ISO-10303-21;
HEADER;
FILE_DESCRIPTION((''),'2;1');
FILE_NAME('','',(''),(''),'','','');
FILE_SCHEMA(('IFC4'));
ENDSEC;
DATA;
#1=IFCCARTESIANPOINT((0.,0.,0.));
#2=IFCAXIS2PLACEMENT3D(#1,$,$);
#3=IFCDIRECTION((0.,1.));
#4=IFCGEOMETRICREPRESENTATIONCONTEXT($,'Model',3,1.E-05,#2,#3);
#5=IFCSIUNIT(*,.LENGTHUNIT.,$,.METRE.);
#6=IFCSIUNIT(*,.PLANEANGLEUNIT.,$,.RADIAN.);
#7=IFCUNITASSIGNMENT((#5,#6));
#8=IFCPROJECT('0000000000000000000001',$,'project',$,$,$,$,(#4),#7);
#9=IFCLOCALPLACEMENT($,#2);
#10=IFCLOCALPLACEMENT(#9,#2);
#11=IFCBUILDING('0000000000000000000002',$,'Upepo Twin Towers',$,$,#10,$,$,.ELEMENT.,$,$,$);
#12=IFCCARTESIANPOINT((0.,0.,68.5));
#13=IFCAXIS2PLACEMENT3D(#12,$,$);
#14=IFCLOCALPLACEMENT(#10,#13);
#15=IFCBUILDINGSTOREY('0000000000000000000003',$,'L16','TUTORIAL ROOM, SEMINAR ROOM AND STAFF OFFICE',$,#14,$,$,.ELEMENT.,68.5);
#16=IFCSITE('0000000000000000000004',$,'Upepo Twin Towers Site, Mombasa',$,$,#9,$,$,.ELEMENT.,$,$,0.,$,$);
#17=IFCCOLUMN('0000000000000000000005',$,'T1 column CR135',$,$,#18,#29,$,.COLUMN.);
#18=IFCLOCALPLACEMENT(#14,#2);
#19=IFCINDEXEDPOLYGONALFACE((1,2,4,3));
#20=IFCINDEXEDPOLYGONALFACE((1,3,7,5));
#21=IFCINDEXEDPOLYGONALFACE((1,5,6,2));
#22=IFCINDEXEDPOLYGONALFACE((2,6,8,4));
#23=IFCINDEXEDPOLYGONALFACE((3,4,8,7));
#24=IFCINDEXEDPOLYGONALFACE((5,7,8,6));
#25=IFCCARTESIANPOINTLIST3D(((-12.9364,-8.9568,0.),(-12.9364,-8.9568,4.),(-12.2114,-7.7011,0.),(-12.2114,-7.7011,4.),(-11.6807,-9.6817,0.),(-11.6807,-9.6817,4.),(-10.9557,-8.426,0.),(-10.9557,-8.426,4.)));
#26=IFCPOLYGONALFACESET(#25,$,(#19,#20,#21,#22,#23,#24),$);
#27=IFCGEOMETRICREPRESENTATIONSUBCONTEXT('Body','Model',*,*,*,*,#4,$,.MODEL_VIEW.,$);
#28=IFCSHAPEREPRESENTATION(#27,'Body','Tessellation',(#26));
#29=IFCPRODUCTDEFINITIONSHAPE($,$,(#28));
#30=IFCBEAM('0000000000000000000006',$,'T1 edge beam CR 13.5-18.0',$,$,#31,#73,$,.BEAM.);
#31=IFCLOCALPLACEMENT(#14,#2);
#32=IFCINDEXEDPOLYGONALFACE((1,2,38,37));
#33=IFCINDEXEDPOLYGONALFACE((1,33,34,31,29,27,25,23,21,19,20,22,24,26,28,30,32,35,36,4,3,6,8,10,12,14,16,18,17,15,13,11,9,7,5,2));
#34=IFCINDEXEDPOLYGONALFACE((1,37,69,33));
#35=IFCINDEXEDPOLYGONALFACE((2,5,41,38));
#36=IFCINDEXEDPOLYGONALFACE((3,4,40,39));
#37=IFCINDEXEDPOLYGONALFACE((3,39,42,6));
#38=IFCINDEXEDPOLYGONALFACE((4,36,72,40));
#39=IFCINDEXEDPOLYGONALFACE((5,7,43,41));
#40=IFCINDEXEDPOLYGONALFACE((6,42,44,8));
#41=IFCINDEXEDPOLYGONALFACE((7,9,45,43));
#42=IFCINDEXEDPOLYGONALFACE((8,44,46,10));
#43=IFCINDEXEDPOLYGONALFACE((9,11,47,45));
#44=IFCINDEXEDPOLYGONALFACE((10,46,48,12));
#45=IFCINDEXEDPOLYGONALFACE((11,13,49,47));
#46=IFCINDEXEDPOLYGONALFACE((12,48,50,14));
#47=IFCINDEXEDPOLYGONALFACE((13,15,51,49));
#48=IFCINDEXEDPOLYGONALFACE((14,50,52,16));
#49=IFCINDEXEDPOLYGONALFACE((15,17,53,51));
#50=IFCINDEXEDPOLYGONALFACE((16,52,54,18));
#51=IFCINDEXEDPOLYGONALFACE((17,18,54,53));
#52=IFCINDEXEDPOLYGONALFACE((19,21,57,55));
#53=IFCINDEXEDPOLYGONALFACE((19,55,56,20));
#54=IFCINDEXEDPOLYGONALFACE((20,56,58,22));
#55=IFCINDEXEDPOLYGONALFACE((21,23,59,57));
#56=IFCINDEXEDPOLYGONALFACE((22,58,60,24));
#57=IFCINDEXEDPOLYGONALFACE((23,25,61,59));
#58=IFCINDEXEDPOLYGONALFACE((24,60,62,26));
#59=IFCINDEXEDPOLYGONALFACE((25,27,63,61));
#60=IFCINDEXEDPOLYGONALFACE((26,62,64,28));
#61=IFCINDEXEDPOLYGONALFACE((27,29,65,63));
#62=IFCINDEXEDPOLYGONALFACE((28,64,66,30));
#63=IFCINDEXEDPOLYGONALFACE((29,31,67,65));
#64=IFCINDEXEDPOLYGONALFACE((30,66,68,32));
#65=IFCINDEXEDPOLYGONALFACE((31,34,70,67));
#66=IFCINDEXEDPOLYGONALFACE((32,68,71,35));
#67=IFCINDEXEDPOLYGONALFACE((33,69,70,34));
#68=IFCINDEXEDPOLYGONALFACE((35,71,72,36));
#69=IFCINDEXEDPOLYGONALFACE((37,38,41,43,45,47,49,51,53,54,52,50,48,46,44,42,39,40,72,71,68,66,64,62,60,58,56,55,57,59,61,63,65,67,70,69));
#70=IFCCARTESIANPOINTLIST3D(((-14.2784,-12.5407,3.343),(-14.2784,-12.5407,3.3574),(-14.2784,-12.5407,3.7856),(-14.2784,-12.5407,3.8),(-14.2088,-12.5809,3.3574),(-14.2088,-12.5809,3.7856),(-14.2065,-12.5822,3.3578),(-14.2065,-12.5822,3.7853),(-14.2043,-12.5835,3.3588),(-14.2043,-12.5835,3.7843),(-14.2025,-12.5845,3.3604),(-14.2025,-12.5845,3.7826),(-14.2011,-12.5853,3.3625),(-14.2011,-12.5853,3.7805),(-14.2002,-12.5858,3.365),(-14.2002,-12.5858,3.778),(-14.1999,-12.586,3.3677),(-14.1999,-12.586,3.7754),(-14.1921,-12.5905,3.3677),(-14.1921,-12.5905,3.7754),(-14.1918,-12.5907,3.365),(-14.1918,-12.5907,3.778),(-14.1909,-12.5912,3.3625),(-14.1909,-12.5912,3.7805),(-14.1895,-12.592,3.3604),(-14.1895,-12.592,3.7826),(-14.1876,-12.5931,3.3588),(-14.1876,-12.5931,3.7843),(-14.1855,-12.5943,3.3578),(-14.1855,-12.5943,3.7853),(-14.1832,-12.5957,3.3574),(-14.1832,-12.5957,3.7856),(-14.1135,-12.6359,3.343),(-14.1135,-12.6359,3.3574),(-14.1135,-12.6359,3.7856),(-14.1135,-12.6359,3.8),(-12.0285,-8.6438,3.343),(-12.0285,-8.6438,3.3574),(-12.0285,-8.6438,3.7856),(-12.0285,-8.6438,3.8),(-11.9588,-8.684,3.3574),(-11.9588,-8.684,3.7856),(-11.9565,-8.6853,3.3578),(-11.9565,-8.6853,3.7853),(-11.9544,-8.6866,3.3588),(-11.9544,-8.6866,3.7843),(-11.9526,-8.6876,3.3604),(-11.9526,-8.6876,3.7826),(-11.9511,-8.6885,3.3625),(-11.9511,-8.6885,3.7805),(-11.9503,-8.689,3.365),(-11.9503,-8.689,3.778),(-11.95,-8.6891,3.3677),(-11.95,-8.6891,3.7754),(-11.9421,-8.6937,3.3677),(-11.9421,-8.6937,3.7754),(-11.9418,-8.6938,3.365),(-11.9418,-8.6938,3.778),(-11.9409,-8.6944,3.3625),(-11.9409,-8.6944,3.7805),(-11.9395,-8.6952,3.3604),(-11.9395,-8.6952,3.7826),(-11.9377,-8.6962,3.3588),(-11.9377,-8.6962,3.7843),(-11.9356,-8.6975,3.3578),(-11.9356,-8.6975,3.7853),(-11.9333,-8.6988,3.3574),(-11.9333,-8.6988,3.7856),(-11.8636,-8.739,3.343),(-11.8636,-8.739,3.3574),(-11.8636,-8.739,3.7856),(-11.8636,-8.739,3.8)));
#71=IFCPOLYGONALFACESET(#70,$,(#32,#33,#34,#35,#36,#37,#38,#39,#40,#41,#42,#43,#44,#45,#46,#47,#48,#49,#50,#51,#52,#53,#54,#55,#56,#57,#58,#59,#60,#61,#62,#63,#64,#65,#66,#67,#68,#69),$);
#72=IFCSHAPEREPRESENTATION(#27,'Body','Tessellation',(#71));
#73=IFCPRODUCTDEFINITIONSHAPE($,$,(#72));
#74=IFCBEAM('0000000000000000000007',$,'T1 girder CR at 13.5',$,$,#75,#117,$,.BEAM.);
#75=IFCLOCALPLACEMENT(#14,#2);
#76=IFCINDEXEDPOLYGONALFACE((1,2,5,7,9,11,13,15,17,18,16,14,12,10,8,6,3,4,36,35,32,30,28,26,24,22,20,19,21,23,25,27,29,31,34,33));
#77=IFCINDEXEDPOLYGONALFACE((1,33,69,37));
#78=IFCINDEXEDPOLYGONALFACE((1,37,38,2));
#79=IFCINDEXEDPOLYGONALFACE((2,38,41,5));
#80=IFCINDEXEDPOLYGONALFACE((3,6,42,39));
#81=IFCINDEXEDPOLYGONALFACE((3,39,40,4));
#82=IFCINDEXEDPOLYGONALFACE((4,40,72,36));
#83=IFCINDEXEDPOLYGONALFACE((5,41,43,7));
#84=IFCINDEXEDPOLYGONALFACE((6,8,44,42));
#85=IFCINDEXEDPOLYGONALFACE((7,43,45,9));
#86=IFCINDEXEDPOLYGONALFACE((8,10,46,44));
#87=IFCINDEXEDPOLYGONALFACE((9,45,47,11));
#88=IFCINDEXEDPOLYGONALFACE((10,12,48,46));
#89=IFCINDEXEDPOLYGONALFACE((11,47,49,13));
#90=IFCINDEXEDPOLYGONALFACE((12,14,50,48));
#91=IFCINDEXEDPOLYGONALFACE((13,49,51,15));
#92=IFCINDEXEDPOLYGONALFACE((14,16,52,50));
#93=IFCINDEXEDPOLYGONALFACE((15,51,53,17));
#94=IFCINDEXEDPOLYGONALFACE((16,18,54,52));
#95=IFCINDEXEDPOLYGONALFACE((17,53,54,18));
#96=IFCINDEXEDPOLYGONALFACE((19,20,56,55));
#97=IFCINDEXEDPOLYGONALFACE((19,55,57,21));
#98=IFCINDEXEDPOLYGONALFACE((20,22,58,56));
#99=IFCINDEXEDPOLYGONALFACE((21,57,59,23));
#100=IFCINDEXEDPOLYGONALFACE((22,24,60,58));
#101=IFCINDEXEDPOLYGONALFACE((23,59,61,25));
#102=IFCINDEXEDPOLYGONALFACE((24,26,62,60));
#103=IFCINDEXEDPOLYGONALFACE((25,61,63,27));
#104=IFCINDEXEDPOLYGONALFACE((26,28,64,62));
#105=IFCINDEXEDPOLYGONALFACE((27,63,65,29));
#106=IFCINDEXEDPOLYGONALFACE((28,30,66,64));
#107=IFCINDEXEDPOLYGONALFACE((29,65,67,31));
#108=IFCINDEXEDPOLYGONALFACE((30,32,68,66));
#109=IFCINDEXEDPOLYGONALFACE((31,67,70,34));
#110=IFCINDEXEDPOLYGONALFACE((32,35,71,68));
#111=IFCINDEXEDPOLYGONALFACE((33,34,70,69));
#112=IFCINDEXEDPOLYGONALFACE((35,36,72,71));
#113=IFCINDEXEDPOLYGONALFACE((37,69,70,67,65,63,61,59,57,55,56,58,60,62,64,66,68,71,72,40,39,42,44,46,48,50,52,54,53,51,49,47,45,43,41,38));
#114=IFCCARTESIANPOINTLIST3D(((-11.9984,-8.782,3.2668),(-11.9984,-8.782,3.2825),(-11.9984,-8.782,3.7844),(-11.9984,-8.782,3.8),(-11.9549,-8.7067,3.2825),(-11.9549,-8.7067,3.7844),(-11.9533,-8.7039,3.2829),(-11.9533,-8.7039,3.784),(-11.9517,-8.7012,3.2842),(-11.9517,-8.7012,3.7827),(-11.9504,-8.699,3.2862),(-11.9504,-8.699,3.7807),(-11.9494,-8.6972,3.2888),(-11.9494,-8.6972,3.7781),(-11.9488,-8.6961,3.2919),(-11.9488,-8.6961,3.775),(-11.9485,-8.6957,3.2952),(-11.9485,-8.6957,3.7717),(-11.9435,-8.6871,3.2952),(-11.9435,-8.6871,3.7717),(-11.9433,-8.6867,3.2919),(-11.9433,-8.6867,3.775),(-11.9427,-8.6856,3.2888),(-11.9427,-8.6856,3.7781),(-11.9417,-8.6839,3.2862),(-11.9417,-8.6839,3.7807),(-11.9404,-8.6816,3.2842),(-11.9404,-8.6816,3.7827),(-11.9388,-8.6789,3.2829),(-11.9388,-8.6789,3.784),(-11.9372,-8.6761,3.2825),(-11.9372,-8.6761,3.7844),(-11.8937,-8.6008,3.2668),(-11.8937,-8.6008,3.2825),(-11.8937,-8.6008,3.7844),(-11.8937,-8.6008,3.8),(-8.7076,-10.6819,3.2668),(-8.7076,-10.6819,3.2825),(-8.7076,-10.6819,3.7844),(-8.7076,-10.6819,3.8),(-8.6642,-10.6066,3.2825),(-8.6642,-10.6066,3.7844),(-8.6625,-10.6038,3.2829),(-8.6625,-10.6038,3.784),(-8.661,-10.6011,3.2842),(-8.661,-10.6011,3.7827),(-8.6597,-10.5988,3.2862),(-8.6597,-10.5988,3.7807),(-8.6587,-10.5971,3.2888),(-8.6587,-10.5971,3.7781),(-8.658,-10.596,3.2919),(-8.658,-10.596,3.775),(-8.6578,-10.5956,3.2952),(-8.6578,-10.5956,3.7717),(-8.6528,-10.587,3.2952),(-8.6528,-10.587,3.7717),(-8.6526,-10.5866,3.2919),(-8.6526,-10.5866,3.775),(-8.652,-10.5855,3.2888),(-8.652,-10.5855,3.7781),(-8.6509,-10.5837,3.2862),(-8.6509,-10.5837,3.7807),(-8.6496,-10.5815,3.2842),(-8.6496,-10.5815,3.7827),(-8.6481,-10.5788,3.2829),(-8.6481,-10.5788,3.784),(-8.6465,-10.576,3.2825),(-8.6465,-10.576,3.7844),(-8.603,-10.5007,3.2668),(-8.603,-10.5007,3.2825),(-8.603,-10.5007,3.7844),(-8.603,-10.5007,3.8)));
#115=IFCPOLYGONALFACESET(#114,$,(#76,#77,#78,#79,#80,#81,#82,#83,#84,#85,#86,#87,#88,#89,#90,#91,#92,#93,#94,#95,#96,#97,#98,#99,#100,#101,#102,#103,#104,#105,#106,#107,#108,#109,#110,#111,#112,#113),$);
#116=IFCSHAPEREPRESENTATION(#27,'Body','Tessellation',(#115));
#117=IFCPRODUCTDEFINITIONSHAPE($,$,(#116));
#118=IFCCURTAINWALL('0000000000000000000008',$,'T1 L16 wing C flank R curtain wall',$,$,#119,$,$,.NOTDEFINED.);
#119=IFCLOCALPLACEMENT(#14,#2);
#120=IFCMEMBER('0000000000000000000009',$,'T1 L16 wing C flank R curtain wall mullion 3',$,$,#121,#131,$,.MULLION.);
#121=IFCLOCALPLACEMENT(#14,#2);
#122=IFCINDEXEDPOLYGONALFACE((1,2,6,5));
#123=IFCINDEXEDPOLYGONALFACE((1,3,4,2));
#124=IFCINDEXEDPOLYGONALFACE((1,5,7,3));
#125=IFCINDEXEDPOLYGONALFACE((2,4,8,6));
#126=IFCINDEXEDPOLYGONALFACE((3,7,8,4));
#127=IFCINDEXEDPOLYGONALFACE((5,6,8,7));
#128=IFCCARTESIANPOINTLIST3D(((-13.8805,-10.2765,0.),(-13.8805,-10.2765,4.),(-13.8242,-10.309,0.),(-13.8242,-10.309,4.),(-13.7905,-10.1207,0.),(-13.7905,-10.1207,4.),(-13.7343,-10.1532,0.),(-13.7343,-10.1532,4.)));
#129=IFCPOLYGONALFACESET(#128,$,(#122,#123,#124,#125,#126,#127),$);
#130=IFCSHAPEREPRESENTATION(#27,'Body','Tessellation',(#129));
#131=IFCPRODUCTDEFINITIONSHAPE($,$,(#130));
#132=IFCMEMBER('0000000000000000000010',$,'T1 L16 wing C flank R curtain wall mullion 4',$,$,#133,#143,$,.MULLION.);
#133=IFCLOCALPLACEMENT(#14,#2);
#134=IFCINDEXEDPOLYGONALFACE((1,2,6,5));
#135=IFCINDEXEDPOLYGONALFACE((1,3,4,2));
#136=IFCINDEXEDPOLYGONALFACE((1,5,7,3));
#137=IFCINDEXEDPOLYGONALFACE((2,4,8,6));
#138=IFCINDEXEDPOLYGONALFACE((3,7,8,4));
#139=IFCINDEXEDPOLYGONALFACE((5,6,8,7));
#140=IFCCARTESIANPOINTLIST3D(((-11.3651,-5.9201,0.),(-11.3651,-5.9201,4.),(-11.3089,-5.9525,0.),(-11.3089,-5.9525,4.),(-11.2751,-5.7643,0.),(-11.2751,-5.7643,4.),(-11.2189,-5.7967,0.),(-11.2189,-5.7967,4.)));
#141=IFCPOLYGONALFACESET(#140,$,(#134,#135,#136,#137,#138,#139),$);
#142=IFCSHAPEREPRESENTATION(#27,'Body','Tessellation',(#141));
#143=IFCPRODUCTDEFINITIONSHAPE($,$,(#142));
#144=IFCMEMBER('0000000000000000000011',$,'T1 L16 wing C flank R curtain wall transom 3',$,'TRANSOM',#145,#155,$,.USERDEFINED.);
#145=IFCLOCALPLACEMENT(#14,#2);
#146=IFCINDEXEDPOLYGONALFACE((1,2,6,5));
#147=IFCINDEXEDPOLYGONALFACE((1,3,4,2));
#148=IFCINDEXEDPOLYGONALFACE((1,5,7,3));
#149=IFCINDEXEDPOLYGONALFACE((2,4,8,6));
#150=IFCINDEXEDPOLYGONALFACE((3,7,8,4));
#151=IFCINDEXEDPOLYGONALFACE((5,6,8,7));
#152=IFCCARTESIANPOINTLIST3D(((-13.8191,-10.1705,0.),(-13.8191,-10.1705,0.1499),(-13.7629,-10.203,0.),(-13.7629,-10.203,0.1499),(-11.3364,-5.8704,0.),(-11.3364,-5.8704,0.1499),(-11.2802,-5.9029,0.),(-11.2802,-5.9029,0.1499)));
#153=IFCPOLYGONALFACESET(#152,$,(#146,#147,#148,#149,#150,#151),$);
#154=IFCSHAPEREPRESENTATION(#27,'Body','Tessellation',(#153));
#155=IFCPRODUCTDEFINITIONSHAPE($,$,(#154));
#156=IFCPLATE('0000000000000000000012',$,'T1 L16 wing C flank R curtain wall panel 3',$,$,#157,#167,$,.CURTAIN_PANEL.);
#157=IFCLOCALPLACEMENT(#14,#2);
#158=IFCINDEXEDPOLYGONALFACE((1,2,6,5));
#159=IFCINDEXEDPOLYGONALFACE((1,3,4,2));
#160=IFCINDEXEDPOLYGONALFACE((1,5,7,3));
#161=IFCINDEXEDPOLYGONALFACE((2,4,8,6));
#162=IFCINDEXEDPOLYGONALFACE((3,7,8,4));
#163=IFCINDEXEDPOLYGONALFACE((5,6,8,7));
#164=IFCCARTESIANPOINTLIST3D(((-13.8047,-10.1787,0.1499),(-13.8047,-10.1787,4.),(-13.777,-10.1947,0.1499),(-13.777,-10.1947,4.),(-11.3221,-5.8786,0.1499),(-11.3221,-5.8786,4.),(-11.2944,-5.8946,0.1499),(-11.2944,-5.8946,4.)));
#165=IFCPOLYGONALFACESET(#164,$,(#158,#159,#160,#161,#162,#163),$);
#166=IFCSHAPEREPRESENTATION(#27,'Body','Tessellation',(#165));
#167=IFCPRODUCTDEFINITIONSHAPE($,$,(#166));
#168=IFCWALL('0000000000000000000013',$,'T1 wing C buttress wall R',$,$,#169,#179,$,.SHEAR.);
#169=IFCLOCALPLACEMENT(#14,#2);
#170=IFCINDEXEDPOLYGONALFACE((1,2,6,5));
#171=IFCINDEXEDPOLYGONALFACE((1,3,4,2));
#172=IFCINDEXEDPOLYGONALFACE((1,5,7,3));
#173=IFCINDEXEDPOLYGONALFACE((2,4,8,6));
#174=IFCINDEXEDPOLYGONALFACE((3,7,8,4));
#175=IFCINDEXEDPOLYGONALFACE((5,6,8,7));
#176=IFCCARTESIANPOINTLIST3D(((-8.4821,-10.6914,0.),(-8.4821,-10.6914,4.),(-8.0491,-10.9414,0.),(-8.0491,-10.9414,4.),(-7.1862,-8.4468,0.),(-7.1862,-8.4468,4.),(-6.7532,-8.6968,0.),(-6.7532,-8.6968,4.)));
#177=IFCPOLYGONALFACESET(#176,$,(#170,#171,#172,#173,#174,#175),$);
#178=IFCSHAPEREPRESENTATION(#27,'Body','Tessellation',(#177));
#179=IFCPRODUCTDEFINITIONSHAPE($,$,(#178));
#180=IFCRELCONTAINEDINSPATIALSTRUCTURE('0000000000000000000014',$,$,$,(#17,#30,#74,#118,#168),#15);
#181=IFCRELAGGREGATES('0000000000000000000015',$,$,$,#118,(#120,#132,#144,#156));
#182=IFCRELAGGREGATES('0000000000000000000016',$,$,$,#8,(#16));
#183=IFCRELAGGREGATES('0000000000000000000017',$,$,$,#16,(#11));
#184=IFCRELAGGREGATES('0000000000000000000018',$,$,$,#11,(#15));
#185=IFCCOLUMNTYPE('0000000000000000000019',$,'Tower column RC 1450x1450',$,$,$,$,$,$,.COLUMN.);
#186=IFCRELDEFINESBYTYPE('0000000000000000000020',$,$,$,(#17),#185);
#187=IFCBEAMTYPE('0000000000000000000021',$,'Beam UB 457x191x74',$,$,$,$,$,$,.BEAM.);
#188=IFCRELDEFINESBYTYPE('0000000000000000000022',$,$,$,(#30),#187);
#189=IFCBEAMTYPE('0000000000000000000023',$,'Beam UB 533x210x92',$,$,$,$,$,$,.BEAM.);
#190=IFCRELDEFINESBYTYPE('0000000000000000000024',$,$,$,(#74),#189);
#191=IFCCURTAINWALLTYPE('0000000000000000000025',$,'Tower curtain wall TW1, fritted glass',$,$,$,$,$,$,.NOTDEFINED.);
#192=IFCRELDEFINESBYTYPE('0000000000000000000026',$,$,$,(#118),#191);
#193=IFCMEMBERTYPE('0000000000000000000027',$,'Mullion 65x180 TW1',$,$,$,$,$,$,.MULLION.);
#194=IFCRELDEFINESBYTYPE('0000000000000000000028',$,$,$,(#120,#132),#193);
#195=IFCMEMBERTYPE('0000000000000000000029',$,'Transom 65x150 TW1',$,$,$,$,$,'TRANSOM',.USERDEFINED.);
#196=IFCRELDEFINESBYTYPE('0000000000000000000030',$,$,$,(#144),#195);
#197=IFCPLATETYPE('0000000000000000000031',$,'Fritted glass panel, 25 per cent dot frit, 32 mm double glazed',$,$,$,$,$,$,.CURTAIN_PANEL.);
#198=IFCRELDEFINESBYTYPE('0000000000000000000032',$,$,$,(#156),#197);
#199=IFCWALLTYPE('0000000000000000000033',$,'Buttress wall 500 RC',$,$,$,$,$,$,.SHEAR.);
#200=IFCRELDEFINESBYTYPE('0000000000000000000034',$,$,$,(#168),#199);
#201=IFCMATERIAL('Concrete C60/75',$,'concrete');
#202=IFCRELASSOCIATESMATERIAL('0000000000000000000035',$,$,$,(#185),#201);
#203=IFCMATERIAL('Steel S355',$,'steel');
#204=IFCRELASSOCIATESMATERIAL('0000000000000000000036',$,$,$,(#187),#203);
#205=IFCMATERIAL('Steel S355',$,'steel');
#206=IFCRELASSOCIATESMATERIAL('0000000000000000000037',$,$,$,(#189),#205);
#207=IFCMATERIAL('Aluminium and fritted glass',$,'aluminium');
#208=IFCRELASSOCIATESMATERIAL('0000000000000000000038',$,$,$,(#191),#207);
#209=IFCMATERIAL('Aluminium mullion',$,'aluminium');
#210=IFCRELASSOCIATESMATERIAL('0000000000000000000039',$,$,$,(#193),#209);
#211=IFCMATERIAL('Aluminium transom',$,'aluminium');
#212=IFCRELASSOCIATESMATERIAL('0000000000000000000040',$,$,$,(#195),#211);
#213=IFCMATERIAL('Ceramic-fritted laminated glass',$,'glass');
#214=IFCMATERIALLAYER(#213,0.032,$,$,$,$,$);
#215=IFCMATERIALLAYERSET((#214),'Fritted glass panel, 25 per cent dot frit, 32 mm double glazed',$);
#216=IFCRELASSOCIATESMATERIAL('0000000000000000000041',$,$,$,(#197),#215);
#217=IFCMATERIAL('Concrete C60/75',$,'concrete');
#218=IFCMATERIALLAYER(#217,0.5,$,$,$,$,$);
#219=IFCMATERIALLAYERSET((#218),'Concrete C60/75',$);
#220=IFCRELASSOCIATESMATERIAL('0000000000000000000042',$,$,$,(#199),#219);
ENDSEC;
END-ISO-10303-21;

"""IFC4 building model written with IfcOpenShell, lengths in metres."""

from ifc_helpers import new_model, si_unit, direction, frame, frame_2d, origin, origin_2d, place, context, subcontext, project, spatial, rectangle, i_section, extrude, material, layer, layer_set, material_profile, profile_set, type_object, element, aggregate, save


model = new_model("IFC4")

# Units and contexts
model_context = context("Model", 3, precision=1e-05, world=origin(), true_north=direction((0.0, 1.0)))
body_context = subcontext(model_context, "Body", "Model", "MODEL_VIEW")
ifc_project = project(units=[si_unit("LENGTHUNIT", "METRE"), si_unit("PLANEANGLEUNIT", "RADIAN")], contexts=[model_context])

# Site, building, storey
site_placement = place(None, origin())
site = spatial("IfcSite", under=ifc_project, at=site_placement, Name="Upepo Twin Towers Site, Mombasa", CompositionType="ELEMENT", RefElevation=0.0)
building_placement = place(site_placement, origin())
building = spatial("IfcBuilding", under=site, at=building_placement, Name="Upepo Twin Towers", CompositionType="ELEMENT")
storey_placement = place(building_placement, frame((0.0, 0.0, 68.5)))
storey = spatial("IfcBuildingStorey", under=building, at=storey_placement, Name="L16", Description="TUTORIAL ROOM, SEMINAR ROOM AND STAFF OFFICE", CompositionType="ELEMENT", Elevation=68.5)

# Column
ifc_material_1 = material(Name="Concrete C60/75", Category="concrete")
ifc_material_profile_1 = material_profile(ifc_material_1, rectangle(XDim=1.45, YDim=1.45, at=origin_2d()), Name="RC 1450x1450")
ifc_profile_set_1 = profile_set([ifc_material_profile_1], Name="Concrete C60/75")
column_type = type_object("IfcColumnType", Name="Tower column RC 1450x1450", PredefinedType="COLUMN", material=ifc_profile_set_1)
column_placement = place(storey_placement, frame((-11.946, -8.6914, 0.0), z_axis=(0.0, 0.0, 1.0), x_axis=(0.5, 0.866025, 0.0)))
element("IfcColumn", 1, at=column_placement, inside=storey, type_object=column_type, Name="T1 column CR135", PredefinedType="COLUMN", context=body_context, shape_type="SweptSolid", body=[
    extrude(rectangle(XDim=1.45, YDim=1.45, at=origin_2d()), origin(), (0.0, 0.0, 1.0), 4.0),
])

# Beams
ifc_material_2 = material(Name="Steel S355", Category="steel")
ifc_material_profile_2 = material_profile(ifc_material_2, i_section(OverallWidth=0.1904, OverallDepth=0.457, WebThickness=0.009, FlangeThickness=0.0144, FilletRadius=0.0103, at=origin_2d()), Name="UB 457x191x74")
ifc_profile_set_2 = profile_set([ifc_material_profile_2], Name="Steel S355")
beam_type_1 = type_object("IfcBeamType", Name="Beam UB 457x191x74", PredefinedType="BEAM", material=ifc_profile_set_2)
beam_1_placement = place(storey_placement, frame((-11.946, -8.6914, 3.5715), z_axis=(-0.500014, -0.866018, 0.0), x_axis=(0.866018, -0.500014, 0.0)))
element("IfcBeam", 2, at=beam_1_placement, inside=storey, type_object=beam_type_1, Name="T1 edge beam CR 13.5-18.0", PredefinedType="BEAM", context=body_context, shape_type="SweptSolid", body=[
    extrude(i_section(OverallWidth=0.1904, OverallDepth=0.457, WebThickness=0.009, FlangeThickness=0.0144, FilletRadius=0.0103, at=origin_2d()), origin(), (0.0, 0.0, 1.0), 4.4998),
])
ifc_material_3 = material(Name="Steel S355", Category="steel")
ifc_material_profile_3 = material_profile(ifc_material_3, i_section(OverallWidth=0.2092, OverallDepth=0.5332, WebThickness=0.01, FlangeThickness=0.0156, FilletRadius=0.0127, at=origin_2d()), Name="UB 533x210x92")
ifc_profile_set_3 = profile_set([ifc_material_profile_3], Name="Steel S355")
beam_type_2 = type_object("IfcBeamType", Name="Beam UB 533x210x92", PredefinedType="BEAM", material=ifc_profile_set_3)
beam_2_placement = place(storey_placement, frame((-11.946, -8.6914, 3.5334), z_axis=(0.866028, -0.499995, 0.0), x_axis=(0.499995, 0.866028, 0.0)))
element("IfcBeam", 3, at=beam_2_placement, inside=storey, type_object=beam_type_2, Name="T1 girder CR at 13.5", PredefinedType="BEAM", context=body_context, shape_type="SweptSolid", body=[
    extrude(i_section(OverallWidth=0.2092, OverallDepth=0.5332, WebThickness=0.01, FlangeThickness=0.0156, FilletRadius=0.0127, at=origin_2d()), origin(), (0.0, 0.0, 1.0), 3.7998),
])

# Curtain wall, members, plate
ifc_material_4 = material(Name="Aluminium and fritted glass", Category="aluminium")
curtain_wall_type = type_object("IfcCurtainWallType", Name="Tower curtain wall TW1, fritted glass", PredefinedType="NOTDEFINED", material=ifc_material_4)
curtain_wall_placement = place(storey_placement, origin())
curtain_wall = element("IfcCurtainWall", 4, at=curtain_wall_placement, inside=storey, type_object=curtain_wall_type, Name="T1 L16 wing C flank R curtain wall", PredefinedType="NOTDEFINED")
ifc_material_5 = material(Name="Aluminium mullion", Category="aluminium")
ifc_material_profile_4 = material_profile(ifc_material_5, rectangle(XDim=0.0649, YDim=0.1799, at=origin_2d()), Name="MULLION 65x180")
ifc_profile_set_4 = profile_set([ifc_material_profile_4], Name="Aluminium mullion")
member_type_1 = type_object("IfcMemberType", Name="Mullion 65x180 TW1", PredefinedType="MULLION", material=ifc_profile_set_4)
member_1_placement = place(storey_placement, frame((-13.8074, -10.2148, 0.0), z_axis=(0.0, 0.0, 1.0), x_axis=(-0.866025, 0.5, 0.0)))
member_1 = element("IfcMember", 5, at=member_1_placement, type_object=member_type_1, Name="T1 L16 wing C flank R curtain wall mullion 3", PredefinedType="MULLION", context=body_context, shape_type="SweptSolid", body=[
    extrude(rectangle(XDim=0.0649, YDim=0.1799, at=origin_2d()), origin(), (0.0, 0.0, 1.0), 4.0),
])
member_2_placement = place(storey_placement, frame((-11.292, -5.8584, 0.0), z_axis=(0.0, 0.0, 1.0), x_axis=(-0.866025, 0.5, 0.0)))
member_2 = element("IfcMember", 6, at=member_2_placement, type_object=member_type_1, Name="T1 L16 wing C flank R curtain wall mullion 4", PredefinedType="MULLION", context=body_context, shape_type="SweptSolid", body=[
    extrude(rectangle(XDim=0.0649, YDim=0.1799, at=origin_2d()), origin(), (0.0, 0.0, 1.0), 4.0),
])
ifc_material_6 = material(Name="Aluminium transom", Category="aluminium")
ifc_material_profile_5 = material_profile(ifc_material_6, rectangle(XDim=0.0649, YDim=0.1499, at=origin_2d()), Name="TRANSOM 65x150")
ifc_profile_set_5 = profile_set([ifc_material_profile_5], Name="Aluminium transom")
member_type_2 = type_object("IfcMemberType", Name="Transom 65x150 TW1", ElementType="TRANSOM", PredefinedType="USERDEFINED", material=ifc_profile_set_5)
member_3_placement = place(storey_placement, frame((-13.791, -10.1868, 0.075), z_axis=(0.500005, 0.866023, 0.0), x_axis=(-0.866023, 0.500005, 0.0)))
member_3 = element("IfcMember", 7, at=member_3_placement, type_object=member_type_2, Name="T1 L16 wing C flank R curtain wall transom 3", ObjectType="TRANSOM", PredefinedType="USERDEFINED", context=body_context, shape_type="SweptSolid", body=[
    extrude(rectangle(XDim=0.0649, YDim=0.1499, at=origin_2d()), origin(), (0.0, 0.0, 1.0), 4.9653),
])
ifc_material_7 = material(Name="Ceramic-fritted laminated glass", Category="glass")
ifc_layer_1 = layer(ifc_material_7, 0.032)
ifc_layer_set_1 = layer_set([ifc_layer_1], Name="Fritted glass panel, 25 per cent dot frit, 32 mm double glazed")
plate_type = type_object("IfcPlateType", Name="Fritted glass panel, 25 per cent dot frit, 32 mm double glazed", PredefinedType="CURTAIN_PANEL", material=ifc_layer_set_1)
plate_placement = place(storey_placement, frame((-12.5496, -8.0366, 0.1499), z_axis=(0.0, 0.0, 1.0), x_axis=(0.5, 0.866025, 0.0)))
plate = element("IfcPlate", 8, at=plate_placement, type_object=plate_type, Name="T1 L16 wing C flank R curtain wall panel 3", PredefinedType="CURTAIN_PANEL", context=body_context, shape_type="SweptSolid", body=[
    extrude(rectangle(XDim=4.9653, YDim=0.032, at=origin_2d()), origin(), (0.0, 0.0, 1.0), 3.8501),
])
aggregate(curtain_wall, [member_1, member_2, member_3, plate])

# Wall
ifc_material_8 = material(Name="Concrete C60/75", Category="concrete")
ifc_layer_2 = layer(ifc_material_8, 0.5)
ifc_layer_set_2 = layer_set([ifc_layer_2], Name="Concrete C60/75")
wall_type_1 = type_object("IfcWallType", Name="Buttress wall 500 RC", PredefinedType="SHEAR", material=ifc_layer_set_2)
wall_1_placement = place(storey_placement, frame((-6.9697, -8.5718, 0.0), z_axis=(0.0, 0.0, 1.0), x_axis=(-0.499989, -0.866032, 0.0)))
element("IfcWall", 9, at=wall_1_placement, inside=storey, type_object=wall_type_1, Name="T1 wing C buttress wall R", PredefinedType="SHEAR", context=body_context, shape_type="SweptSolid", body=[
    extrude(rectangle(XDim=2.5918, YDim=0.5, at=frame_2d((1.2959, 0.0))), origin(), (0.0, 0.0, 1.0), 4.0),
])

save(model, "model.ifc")
